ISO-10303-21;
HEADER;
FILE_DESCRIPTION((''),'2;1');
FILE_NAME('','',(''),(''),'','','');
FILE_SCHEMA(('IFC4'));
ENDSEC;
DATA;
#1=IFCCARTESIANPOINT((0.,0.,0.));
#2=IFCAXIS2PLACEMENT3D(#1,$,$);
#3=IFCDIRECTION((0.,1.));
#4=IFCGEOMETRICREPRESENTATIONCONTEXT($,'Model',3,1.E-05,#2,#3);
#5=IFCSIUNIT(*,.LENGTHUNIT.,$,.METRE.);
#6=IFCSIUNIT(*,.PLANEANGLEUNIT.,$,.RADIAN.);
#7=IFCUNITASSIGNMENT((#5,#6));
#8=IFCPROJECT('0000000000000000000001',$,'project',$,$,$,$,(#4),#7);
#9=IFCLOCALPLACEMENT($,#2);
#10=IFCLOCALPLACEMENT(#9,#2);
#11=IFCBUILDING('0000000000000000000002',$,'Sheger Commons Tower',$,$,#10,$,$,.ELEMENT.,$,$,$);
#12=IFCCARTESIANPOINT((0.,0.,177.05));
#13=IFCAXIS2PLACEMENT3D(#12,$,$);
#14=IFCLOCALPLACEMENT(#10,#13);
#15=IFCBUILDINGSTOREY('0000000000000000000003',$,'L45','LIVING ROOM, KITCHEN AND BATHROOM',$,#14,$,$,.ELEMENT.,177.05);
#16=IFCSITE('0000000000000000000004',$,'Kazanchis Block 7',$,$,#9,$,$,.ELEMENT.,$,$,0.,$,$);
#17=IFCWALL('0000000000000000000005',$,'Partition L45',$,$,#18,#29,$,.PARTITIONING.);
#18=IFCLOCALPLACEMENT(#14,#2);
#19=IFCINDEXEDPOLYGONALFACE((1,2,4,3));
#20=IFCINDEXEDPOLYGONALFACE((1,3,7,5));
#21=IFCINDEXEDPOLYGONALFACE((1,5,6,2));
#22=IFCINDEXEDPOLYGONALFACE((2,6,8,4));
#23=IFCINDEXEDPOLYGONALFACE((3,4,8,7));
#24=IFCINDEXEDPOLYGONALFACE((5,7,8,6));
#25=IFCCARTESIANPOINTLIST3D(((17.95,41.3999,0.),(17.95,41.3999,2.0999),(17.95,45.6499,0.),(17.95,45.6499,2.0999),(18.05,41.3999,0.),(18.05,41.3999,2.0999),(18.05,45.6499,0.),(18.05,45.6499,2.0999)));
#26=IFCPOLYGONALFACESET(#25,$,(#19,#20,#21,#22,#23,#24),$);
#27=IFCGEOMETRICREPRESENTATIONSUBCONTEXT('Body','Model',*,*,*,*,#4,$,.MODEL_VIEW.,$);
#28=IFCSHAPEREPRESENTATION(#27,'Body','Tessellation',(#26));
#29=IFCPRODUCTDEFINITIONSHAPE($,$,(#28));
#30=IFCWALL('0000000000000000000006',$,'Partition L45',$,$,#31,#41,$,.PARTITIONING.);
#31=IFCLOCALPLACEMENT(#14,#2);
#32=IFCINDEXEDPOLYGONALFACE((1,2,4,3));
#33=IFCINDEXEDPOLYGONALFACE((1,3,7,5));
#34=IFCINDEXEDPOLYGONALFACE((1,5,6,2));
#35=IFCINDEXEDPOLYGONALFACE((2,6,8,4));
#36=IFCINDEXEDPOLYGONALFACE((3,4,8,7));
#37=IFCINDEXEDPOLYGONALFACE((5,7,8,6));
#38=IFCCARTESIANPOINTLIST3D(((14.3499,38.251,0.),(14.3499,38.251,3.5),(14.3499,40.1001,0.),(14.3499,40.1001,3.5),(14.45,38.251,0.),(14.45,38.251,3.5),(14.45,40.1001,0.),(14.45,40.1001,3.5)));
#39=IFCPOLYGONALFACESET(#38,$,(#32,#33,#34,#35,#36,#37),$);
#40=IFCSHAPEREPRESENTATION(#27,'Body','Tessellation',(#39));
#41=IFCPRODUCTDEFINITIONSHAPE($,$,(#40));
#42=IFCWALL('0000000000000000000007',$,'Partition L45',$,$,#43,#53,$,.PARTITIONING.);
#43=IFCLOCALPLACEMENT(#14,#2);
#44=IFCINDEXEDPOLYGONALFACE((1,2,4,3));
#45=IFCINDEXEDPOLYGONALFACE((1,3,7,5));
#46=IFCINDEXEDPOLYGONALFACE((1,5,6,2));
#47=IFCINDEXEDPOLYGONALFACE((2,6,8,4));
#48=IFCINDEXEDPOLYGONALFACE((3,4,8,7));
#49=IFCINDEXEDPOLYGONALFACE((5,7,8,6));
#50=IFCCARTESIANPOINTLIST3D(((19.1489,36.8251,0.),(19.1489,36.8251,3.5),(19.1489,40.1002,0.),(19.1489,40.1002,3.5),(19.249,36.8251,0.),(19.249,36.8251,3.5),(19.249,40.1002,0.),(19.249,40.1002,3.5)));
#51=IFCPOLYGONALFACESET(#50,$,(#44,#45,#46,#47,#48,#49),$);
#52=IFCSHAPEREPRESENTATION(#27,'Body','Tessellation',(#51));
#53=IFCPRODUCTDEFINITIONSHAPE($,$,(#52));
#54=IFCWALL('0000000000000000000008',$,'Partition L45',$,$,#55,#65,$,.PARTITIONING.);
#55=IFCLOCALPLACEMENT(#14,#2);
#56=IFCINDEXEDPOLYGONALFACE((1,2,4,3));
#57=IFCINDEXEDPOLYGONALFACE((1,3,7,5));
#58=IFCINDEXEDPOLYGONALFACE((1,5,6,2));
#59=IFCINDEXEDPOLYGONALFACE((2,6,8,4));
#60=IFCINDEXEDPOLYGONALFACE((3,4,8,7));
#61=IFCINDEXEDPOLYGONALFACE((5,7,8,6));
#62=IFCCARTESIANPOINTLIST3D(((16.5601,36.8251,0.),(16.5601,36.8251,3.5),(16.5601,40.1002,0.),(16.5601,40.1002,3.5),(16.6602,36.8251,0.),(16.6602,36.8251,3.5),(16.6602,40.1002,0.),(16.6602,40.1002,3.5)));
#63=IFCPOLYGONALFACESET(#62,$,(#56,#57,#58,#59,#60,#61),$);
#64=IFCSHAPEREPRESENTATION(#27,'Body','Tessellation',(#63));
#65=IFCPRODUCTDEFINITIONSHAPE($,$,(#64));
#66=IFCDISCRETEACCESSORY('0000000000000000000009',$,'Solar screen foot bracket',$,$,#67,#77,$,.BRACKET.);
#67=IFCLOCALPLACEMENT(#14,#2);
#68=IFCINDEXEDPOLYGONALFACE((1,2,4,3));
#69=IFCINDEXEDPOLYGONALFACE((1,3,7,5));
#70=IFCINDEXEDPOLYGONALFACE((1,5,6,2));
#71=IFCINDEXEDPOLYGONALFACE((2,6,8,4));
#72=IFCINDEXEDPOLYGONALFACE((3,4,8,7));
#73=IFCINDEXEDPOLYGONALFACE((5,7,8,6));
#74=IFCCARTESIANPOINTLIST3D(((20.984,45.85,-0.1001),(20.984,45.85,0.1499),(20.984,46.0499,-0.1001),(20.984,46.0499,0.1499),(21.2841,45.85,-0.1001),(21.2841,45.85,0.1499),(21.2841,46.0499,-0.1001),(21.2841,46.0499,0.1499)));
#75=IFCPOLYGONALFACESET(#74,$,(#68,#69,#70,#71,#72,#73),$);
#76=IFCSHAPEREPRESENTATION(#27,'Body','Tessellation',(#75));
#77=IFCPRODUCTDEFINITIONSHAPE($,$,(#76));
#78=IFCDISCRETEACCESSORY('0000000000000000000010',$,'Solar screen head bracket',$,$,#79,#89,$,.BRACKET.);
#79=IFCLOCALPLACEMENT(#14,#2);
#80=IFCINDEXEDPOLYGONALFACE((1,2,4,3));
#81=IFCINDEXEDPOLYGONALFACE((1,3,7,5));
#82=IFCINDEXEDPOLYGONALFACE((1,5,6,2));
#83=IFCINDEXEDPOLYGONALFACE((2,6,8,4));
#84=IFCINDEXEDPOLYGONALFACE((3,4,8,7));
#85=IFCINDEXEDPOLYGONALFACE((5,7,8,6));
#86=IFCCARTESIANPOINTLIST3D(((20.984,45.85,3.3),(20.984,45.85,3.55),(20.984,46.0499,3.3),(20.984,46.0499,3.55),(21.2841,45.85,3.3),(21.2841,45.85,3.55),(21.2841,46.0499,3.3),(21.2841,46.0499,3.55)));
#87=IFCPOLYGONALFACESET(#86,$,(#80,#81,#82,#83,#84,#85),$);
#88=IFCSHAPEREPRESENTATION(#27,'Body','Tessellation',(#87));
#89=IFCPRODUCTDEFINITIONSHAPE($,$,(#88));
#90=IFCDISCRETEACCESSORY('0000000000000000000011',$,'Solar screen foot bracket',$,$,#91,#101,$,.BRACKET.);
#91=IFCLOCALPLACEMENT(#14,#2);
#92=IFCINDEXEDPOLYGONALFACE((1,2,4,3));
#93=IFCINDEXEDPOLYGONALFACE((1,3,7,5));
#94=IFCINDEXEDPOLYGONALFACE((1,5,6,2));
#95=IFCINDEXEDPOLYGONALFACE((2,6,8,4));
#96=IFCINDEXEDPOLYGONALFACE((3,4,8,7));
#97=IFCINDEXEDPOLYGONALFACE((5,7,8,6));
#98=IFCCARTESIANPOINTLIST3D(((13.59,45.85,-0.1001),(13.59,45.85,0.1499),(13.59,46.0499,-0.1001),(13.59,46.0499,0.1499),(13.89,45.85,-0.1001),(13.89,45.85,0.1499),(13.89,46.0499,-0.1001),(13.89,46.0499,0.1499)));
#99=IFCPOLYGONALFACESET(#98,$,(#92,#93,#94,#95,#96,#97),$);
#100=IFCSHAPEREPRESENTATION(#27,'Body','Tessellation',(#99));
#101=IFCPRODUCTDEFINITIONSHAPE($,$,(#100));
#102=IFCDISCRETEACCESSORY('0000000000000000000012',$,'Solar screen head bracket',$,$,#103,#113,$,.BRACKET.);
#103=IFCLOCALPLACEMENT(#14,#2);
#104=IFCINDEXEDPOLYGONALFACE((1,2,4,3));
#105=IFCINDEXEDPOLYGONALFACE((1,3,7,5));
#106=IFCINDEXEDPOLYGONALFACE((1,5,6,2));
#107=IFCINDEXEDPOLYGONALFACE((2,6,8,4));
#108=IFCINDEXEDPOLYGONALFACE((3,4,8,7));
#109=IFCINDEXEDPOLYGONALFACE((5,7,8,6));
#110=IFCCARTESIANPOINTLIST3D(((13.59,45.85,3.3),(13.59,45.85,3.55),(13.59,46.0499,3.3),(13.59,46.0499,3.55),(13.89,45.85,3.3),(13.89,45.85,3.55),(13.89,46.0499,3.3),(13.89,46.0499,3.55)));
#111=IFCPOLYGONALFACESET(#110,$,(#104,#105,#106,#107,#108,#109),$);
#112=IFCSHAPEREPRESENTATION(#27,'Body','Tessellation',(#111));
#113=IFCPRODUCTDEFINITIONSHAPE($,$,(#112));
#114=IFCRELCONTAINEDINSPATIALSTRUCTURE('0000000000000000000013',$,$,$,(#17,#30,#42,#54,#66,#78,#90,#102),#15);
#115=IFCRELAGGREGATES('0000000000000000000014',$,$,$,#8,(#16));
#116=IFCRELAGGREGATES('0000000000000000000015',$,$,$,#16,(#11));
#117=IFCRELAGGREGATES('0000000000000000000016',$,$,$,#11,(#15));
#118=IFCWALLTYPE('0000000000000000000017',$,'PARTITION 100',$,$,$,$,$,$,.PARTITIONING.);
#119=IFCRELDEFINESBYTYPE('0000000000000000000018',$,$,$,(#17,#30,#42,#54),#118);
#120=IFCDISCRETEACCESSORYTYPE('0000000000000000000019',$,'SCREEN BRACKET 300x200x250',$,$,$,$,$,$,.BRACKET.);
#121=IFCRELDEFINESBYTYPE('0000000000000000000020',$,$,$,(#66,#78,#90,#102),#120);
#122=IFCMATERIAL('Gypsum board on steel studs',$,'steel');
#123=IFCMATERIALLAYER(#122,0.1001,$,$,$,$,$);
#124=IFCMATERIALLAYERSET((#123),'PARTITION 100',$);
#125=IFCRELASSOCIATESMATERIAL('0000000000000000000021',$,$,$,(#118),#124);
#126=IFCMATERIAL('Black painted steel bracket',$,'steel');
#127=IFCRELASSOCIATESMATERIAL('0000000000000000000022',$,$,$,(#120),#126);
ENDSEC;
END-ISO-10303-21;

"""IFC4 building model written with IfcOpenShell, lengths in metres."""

from ifc_helpers import new_model, si_unit, direction, frame, frame_2d, origin, origin_2d, place, context, subcontext, project, spatial, rectangle, extrude, material, layer, layer_set, type_object, element, save


model = new_model("IFC4")

# Units and contexts
model_context = context("Model", 3, precision=1e-05, world=origin(), true_north=direction((0.0, 1.0)))
body_context = subcontext(model_context, "Body", "Model", "MODEL_VIEW")
ifc_project = project(units=[si_unit("LENGTHUNIT", "METRE"), si_unit("PLANEANGLEUNIT", "RADIAN")], contexts=[model_context])

# Site, building, storey
site_placement = place(None, origin())
site = spatial("IfcSite", under=ifc_project, at=site_placement, Name="Kazanchis Block 7", CompositionType="ELEMENT", RefElevation=0.0)
building_placement = place(site_placement, origin())
building = spatial("IfcBuilding", under=site, at=building_placement, Name="Sheger Commons Tower", CompositionType="ELEMENT")
storey_placement = place(building_placement, frame((0.0, 0.0, 177.05)))
storey = spatial("IfcBuildingStorey", under=building, at=storey_placement, Name="L45", Description="LIVING ROOM, KITCHEN AND BATHROOM", CompositionType="ELEMENT", Elevation=177.05)

# Shared definitions
ifc_material_1 = material(Name="Gypsum board on steel studs", Category="steel")
ifc_layer_1 = layer(ifc_material_1, 0.1001)
ifc_layer_set_1 = layer_set([ifc_layer_1], Name="PARTITION 100")
wall_type_1 = type_object("IfcWallType", Name="PARTITION 100", PredefinedType="PARTITIONING", material=ifc_layer_set_1)

# Walls
wall_1_placement = place(storey_placement, frame((18.0, 41.3999, 0.0), z_axis=(0.0, 0.0, 1.0), x_axis=(0.0, 1.0, 0.0)))
element("IfcWall", 1, at=wall_1_placement, inside=storey, type_object=wall_type_1, Name="Partition L45", PredefinedType="PARTITIONING", context=body_context, shape_type="SweptSolid", body=[
    extrude(rectangle(XDim=4.25, YDim=0.1001, at=frame_2d((2.125, 0.0))), origin(), (0.0, 0.0, 1.0), 2.0999),
])
wall_2_placement = place(storey_placement, frame((14.3999, 38.251, 0.0), z_axis=(0.0, 0.0, 1.0), x_axis=(0.0, 1.0, 0.0)))
element("IfcWall", 2, at=wall_2_placement, inside=storey, type_object=wall_type_1, Name="Partition L45", PredefinedType="PARTITIONING", context=body_context, shape_type="SweptSolid", body=[
    extrude(rectangle(XDim=1.8491, YDim=0.1001, at=frame_2d((0.9246, 0.0))), origin(), (0.0, 0.0, 1.0), 3.5),
])
for number, where, z_axis, x_axis, name in (
    (3, (19.199, 36.825, 0.0), (0.0, 0.0, 1.0), (0.0, 1.0, 0.0), "Partition L45"),
    (4, (16.6101, 36.825, 0.0), (0.0, 0.0, 1.0), (0.0, 1.0, 0.0), "Partition L45"),
):
    element("IfcWall", number, at=place(storey_placement, frame(where, z_axis=z_axis, x_axis=x_axis)), inside=storey, type_object=wall_type_1, Name=name, PredefinedType="PARTITIONING", context=body_context, shape_type="SweptSolid", body=[
        extrude(rectangle(XDim=3.2751, YDim=0.1001, at=frame_2d((1.6377, 0.0))), origin(), (0.0, 0.0, 1.0), 3.5),
    ])

# Discrete accessories
ifc_material_2 = material(Name="Black painted steel bracket", Category="steel")
discrete_accessory_type = type_object("IfcDiscreteAccessoryType", Name="SCREEN BRACKET 300x200x250", PredefinedType="BRACKET", material=ifc_material_2)
for number, where, z_axis, x_axis, name in (
    (5, (21.134, 45.95, -0.1001), (0.0, 0.0, 1.0), (-1.0, 0.0, 0.0), "Solar screen foot bracket"),
    (6, (21.134, 45.95, 3.3), (0.0, 0.0, 1.0), (-1.0, 0.0, 0.0), "Solar screen head bracket"),
    (7, (13.74, 45.95, -0.1001), (0.0, 0.0, 1.0), (-1.0, 0.0, 0.0), "Solar screen foot bracket"),
    (8, (13.74, 45.95, 3.3), (0.0, 0.0, 1.0), (-1.0, 0.0, 0.0), "Solar screen head bracket"),
):
    element("IfcDiscreteAccessory", number, at=place(storey_placement, frame(where, z_axis=z_axis, x_axis=x_axis)), inside=storey, type_object=discrete_accessory_type, Name=name, PredefinedType="BRACKET", context=body_context, shape_type="SweptSolid", body=[
        extrude(rectangle(XDim=0.3, YDim=0.2, at=origin_2d()), origin(), (0.0, 0.0, 1.0), 0.25),
    ])

save(model, "model.ifc")
